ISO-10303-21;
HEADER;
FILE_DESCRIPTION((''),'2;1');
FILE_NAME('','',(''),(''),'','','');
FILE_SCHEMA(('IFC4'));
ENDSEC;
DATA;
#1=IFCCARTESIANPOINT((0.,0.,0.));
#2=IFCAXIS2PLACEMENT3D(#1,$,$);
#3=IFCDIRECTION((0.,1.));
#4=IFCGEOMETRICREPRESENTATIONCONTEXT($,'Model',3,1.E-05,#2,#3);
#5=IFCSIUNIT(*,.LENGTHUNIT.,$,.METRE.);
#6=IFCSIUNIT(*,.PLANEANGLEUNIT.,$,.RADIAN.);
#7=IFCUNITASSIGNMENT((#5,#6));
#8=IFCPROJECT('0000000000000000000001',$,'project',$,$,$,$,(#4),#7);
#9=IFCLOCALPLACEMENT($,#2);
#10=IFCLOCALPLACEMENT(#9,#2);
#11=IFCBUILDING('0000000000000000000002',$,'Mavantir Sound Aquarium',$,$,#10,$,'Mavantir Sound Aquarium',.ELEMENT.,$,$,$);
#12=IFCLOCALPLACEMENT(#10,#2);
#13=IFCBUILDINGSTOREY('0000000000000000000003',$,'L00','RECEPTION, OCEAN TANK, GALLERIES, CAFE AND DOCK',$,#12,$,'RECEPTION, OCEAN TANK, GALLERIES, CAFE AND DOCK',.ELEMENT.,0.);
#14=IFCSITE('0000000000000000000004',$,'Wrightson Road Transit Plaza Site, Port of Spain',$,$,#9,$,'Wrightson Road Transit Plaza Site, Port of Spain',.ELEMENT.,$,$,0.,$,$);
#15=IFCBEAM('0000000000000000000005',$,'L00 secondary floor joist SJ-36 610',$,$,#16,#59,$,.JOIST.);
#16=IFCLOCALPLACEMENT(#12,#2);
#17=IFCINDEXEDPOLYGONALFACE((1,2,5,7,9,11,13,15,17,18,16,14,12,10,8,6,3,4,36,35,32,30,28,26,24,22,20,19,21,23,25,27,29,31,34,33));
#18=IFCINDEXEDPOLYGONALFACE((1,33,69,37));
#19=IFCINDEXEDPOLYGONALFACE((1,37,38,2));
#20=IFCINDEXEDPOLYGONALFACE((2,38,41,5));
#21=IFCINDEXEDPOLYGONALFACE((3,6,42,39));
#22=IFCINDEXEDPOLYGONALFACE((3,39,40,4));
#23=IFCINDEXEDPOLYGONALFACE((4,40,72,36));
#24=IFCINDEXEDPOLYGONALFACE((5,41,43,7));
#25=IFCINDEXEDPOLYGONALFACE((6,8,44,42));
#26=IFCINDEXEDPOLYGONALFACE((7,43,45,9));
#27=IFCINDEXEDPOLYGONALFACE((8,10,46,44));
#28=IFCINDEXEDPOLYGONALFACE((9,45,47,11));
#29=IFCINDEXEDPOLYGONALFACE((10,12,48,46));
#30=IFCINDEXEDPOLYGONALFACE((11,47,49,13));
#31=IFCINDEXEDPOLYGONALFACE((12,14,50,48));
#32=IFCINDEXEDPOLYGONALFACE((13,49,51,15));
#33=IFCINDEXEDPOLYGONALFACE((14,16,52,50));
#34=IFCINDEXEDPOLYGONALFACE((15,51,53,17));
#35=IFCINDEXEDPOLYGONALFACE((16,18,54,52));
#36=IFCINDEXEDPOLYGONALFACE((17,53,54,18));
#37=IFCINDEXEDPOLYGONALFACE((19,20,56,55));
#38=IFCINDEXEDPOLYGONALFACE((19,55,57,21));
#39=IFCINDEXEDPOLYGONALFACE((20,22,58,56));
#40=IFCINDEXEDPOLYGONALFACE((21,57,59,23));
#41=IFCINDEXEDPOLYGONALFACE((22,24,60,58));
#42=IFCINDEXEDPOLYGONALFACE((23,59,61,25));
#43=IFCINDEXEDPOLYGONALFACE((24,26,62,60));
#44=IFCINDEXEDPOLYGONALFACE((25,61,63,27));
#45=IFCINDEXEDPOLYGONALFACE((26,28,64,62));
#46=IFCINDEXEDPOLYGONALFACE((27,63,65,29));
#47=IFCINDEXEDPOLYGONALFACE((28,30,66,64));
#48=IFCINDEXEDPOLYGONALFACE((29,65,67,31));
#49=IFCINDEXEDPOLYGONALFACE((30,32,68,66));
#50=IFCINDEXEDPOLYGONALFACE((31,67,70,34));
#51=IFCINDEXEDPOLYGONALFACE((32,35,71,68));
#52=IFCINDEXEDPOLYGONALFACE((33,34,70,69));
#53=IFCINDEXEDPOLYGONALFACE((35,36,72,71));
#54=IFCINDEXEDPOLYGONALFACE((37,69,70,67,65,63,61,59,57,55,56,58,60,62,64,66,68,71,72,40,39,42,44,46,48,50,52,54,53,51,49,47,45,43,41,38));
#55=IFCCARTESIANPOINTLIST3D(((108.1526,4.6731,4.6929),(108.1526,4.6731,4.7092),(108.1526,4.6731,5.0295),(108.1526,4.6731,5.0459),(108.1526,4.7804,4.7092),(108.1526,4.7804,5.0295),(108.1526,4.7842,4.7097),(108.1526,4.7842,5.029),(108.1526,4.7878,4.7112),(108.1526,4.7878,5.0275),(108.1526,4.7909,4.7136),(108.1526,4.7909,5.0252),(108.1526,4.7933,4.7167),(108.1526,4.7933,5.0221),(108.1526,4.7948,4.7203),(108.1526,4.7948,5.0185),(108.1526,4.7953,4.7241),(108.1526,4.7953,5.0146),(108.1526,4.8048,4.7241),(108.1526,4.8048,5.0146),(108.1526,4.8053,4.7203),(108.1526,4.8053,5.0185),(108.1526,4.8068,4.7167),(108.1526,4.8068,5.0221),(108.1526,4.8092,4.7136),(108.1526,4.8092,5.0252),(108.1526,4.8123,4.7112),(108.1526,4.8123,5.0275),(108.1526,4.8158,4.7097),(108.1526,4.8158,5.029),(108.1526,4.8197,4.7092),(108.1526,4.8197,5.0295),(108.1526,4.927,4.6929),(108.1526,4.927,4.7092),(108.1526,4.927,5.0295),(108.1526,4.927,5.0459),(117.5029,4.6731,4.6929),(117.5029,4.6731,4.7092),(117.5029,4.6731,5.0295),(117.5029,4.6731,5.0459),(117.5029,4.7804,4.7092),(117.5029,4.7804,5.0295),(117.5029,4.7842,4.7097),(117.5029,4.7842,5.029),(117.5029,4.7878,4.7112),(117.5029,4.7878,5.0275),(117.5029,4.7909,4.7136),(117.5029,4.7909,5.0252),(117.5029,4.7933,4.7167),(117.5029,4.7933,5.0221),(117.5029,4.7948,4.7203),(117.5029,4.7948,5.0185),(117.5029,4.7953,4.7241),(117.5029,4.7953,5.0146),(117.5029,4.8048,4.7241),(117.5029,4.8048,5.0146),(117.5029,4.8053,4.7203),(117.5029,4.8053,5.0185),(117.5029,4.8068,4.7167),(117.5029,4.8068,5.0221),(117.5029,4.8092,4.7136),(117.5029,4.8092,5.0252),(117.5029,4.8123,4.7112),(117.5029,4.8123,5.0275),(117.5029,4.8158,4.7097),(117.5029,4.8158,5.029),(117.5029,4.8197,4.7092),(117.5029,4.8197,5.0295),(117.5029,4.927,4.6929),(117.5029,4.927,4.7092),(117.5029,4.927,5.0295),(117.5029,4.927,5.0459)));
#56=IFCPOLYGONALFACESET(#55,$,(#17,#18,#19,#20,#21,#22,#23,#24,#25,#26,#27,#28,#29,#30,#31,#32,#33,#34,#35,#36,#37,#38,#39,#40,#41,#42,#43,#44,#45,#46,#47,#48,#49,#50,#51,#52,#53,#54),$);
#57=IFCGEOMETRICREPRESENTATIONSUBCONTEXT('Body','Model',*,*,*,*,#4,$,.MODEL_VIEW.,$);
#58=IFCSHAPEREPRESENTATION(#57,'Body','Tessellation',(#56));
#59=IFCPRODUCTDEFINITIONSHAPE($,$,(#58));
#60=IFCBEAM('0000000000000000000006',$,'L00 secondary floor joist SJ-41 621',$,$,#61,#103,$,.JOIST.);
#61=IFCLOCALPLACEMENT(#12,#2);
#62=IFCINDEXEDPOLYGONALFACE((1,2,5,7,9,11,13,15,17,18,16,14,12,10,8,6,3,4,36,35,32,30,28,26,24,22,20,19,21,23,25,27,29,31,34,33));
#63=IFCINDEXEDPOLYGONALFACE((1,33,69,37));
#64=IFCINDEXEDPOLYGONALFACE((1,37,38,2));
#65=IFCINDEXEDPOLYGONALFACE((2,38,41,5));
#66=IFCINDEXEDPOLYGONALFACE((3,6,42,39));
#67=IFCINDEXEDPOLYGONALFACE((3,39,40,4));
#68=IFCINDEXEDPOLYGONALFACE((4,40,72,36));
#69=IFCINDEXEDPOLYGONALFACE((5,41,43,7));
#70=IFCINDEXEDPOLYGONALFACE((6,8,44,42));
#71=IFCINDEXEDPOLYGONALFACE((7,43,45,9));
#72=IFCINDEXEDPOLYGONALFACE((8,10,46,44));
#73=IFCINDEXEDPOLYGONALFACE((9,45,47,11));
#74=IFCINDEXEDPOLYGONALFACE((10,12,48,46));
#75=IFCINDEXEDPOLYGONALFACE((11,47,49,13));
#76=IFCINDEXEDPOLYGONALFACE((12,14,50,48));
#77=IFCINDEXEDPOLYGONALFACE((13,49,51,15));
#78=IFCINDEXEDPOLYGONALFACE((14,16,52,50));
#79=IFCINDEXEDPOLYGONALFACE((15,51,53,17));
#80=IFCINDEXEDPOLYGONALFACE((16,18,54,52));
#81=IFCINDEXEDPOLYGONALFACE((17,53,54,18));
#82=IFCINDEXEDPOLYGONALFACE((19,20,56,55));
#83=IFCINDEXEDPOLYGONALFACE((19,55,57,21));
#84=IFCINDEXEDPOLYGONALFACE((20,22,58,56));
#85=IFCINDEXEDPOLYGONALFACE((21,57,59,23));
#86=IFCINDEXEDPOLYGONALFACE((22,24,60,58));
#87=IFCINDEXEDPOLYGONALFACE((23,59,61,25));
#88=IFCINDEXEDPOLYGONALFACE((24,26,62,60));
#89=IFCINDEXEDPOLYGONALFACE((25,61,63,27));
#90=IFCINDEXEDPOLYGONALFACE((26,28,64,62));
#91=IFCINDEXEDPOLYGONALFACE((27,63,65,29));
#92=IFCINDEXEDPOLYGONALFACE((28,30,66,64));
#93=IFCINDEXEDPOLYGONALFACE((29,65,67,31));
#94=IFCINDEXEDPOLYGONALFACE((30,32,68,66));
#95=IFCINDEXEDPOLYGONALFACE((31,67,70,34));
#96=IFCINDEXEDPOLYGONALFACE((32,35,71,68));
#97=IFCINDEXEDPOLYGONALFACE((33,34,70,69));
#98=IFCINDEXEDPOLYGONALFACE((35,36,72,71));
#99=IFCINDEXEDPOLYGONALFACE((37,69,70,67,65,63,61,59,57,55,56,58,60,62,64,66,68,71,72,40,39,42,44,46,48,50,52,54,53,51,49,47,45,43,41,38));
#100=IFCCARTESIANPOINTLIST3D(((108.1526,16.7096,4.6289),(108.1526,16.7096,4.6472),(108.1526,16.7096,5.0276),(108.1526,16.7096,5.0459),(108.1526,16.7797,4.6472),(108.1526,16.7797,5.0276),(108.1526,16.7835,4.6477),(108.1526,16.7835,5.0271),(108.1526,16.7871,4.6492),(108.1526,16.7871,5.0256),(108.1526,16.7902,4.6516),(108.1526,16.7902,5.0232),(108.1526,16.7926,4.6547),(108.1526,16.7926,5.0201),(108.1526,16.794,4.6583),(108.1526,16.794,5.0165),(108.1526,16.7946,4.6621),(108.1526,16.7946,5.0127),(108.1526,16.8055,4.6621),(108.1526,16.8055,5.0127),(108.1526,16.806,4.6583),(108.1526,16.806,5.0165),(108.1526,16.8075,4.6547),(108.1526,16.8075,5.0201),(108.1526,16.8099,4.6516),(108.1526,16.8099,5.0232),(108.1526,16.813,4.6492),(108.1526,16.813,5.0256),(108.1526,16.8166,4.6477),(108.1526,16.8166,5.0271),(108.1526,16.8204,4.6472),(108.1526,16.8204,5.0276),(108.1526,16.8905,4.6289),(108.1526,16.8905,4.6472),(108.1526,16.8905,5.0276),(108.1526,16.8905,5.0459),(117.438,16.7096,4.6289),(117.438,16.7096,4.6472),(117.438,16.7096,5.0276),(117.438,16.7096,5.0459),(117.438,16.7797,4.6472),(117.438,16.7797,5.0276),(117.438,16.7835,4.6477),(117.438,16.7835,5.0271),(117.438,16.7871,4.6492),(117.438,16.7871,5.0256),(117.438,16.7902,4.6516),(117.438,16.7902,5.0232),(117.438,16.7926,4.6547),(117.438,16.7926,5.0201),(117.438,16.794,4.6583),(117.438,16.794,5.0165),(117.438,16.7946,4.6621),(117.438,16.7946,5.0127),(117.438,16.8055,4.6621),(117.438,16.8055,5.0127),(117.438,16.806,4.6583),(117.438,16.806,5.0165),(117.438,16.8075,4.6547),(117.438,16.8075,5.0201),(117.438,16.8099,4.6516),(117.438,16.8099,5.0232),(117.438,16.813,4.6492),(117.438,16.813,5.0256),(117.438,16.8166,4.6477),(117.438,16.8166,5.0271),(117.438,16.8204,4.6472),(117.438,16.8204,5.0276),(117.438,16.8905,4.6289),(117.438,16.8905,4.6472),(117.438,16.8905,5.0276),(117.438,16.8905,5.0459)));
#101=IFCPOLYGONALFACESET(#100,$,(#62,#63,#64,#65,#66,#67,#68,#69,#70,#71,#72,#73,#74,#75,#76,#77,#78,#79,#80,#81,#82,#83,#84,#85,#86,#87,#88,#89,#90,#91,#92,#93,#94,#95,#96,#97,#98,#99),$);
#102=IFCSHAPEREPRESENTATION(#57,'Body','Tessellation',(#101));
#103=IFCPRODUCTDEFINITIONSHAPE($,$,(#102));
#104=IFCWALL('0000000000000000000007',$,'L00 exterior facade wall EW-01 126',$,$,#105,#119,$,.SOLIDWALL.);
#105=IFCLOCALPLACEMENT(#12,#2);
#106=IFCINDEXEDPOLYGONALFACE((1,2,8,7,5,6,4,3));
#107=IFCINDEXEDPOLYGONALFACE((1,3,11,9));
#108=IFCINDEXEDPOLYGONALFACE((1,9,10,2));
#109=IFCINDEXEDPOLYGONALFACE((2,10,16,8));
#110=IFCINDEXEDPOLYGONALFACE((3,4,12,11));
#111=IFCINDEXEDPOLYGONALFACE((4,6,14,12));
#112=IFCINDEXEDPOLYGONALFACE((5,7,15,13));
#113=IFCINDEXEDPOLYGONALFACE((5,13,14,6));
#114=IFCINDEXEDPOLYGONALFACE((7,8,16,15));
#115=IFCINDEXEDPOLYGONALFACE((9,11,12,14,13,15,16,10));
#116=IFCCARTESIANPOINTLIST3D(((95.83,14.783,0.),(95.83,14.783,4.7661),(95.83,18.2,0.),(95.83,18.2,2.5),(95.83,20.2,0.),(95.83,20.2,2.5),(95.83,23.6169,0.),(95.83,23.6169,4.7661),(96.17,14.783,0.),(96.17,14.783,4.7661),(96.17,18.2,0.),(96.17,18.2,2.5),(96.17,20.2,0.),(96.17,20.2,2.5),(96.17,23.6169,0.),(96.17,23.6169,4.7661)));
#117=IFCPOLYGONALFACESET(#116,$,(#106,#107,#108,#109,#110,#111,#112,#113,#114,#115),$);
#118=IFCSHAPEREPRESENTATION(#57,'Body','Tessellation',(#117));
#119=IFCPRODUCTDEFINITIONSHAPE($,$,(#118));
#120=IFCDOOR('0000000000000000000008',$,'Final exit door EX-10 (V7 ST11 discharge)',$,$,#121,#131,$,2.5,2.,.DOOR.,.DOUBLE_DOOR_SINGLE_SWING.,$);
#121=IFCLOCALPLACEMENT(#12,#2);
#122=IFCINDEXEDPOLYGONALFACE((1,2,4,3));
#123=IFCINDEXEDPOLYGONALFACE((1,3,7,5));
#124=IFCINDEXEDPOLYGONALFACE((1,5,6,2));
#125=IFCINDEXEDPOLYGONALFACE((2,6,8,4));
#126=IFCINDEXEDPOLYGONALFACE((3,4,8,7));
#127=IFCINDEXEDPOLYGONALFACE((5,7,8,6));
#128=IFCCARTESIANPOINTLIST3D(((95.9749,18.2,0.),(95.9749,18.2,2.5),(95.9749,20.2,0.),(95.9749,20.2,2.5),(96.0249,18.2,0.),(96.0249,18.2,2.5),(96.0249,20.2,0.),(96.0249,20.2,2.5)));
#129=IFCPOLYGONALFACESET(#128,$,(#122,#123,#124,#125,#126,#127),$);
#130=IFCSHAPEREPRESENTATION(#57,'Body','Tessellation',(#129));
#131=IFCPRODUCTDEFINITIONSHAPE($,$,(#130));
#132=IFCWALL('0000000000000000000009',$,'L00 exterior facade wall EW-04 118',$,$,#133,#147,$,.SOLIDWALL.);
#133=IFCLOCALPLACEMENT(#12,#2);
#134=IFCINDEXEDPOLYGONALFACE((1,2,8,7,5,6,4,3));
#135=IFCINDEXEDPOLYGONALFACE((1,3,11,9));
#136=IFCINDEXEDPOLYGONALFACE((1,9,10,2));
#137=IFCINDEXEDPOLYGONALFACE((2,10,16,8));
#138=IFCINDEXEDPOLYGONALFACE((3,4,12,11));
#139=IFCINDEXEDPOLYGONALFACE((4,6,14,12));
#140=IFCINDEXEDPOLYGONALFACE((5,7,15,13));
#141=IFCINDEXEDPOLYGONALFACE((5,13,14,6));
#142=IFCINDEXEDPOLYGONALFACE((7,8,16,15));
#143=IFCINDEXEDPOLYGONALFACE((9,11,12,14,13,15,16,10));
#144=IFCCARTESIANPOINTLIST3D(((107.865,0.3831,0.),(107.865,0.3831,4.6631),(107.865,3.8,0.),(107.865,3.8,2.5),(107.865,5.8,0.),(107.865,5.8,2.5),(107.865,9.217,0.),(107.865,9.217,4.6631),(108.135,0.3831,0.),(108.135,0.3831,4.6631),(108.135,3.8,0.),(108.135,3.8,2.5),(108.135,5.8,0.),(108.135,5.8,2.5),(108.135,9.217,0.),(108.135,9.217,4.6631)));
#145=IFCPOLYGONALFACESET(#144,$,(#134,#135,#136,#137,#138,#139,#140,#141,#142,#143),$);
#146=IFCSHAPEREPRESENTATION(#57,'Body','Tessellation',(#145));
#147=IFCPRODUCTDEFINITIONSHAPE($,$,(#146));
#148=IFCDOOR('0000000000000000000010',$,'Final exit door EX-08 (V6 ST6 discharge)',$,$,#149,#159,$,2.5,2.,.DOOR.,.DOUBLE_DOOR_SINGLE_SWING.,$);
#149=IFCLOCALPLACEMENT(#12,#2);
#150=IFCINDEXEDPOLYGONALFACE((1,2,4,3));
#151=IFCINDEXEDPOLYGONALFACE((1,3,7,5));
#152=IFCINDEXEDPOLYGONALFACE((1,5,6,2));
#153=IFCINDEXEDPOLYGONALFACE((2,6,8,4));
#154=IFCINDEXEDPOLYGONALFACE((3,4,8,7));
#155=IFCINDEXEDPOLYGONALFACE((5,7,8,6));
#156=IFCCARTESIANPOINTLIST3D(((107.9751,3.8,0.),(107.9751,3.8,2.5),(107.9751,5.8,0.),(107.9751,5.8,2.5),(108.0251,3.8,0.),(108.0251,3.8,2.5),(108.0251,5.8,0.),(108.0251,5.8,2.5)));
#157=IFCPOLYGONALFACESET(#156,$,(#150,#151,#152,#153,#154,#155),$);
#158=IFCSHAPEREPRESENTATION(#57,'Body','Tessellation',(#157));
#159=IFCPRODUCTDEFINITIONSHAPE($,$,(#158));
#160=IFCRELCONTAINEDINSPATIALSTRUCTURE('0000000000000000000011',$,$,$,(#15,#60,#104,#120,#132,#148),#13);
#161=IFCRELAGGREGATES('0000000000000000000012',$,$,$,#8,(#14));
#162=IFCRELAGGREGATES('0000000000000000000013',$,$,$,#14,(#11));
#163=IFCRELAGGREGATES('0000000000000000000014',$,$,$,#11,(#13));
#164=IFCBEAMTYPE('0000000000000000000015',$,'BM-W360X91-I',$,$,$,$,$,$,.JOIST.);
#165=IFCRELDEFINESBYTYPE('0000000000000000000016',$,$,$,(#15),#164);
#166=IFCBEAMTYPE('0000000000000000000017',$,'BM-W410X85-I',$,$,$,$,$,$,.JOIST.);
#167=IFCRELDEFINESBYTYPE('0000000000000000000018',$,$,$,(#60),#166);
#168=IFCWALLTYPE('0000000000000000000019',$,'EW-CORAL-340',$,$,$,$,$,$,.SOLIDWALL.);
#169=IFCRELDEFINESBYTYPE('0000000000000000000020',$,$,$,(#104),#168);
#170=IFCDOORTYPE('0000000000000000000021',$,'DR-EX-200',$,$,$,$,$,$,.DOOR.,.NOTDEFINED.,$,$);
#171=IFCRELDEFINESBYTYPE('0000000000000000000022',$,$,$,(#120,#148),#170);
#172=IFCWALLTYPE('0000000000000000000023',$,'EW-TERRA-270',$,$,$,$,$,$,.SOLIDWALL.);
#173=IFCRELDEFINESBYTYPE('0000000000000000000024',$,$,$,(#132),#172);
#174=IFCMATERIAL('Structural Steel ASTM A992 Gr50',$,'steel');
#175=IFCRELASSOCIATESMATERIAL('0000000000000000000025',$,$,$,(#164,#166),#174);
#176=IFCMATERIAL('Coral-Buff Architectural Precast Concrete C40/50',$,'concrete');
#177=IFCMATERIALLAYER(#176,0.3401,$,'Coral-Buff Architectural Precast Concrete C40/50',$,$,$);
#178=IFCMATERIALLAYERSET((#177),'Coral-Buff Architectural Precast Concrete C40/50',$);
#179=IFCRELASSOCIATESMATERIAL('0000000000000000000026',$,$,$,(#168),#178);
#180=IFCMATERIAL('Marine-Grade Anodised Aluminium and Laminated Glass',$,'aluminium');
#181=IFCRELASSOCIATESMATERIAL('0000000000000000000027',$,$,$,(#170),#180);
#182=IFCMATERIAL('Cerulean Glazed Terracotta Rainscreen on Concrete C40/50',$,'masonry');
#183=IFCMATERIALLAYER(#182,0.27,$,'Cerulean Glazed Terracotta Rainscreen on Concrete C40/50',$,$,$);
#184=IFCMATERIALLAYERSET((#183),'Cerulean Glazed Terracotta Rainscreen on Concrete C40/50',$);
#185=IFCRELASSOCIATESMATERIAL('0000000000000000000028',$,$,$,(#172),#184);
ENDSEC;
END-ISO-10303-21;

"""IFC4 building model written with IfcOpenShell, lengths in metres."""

from ifc_helpers import new_model, si_unit, direction, frame, frame_2d, origin, origin_2d, place, context, subcontext, project, spatial, rectangle, i_section, extrude, material, layer, layer_set, material_profile, profile_set, type_object, element, fill, save


model = new_model("IFC4")

# Units and contexts
model_context = context("Model", 3, precision=1e-05, world=origin(), true_north=direction((0.0, 1.0)))
body_context = subcontext(model_context, "Body", "Model", "MODEL_VIEW")
ifc_project = project(units=[si_unit("LENGTHUNIT", "METRE"), si_unit("PLANEANGLEUNIT", "RADIAN")], contexts=[model_context])

# Site, building, storey
site_placement = place(None, origin())
site = spatial("IfcSite", under=ifc_project, at=site_placement, Name="Wrightson Road Transit Plaza Site, Port of Spain", LongName="Wrightson Road Transit Plaza Site, Port of Spain", CompositionType="ELEMENT", RefElevation=0.0)
building_placement = place(site_placement, origin())
building = spatial("IfcBuilding", under=site, at=building_placement, Name="Mavantir Sound Aquarium", LongName="Mavantir Sound Aquarium", CompositionType="ELEMENT")
storey_placement = place(building_placement, origin())
storey = spatial("IfcBuildingStorey", under=building, at=storey_placement, Name="L00", Description="RECEPTION, OCEAN TANK, GALLERIES, CAFE AND DOCK", LongName="RECEPTION, OCEAN TANK, GALLERIES, CAFE AND DOCK", CompositionType="ELEMENT", Elevation=0.0)

# Beams
ifc_material_1 = material(Name="Structural Steel ASTM A992 Gr50", Category="steel")
ifc_material_profile_1 = material_profile(ifc_material_1, i_section(OverallWidth=0.2539, OverallDepth=0.353, WebThickness=0.0095, FlangeThickness=0.0164, FilletRadius=0.0149, at=origin_2d()), Name="W360X91")
ifc_profile_set_1 = profile_set([ifc_material_profile_1], Name="Structural Steel ASTM A992 Gr50")
beam_type_1 = type_object("IfcBeamType", Name="BM-W360X91-I", PredefinedType="JOIST", material=ifc_profile_set_1)
beam_1_placement = place(storey_placement, frame((108.1526, 4.8, 4.8694), z_axis=(1.0, 0.0, 0.0), x_axis=(0.0, 1.0, 0.0)))
element("IfcBeam", 1, at=beam_1_placement, inside=storey, type_object=beam_type_1, Name="L00 secondary floor joist SJ-36 610", PredefinedType="JOIST", context=body_context, shape_type="SweptSolid", body=[
    extrude(i_section(OverallWidth=0.2539, OverallDepth=0.353, WebThickness=0.0095, FlangeThickness=0.0164, FilletRadius=0.0149, at=origin_2d()), origin(), (0.0, 0.0, 1.0), 9.3503),
])
ifc_material_profile_2 = material_profile(ifc_material_1, i_section(OverallWidth=0.1809, OverallDepth=0.417, WebThickness=0.011, FlangeThickness=0.0183, FilletRadius=0.0149, at=origin_2d()), Name="W410X85")
ifc_profile_set_2 = profile_set([ifc_material_profile_2], Name="Structural Steel ASTM A992 Gr50")
beam_type_2 = type_object("IfcBeamType", Name="BM-W410X85-I", PredefinedType="JOIST", material=ifc_profile_set_2)
beam_2_placement = place(storey_placement, frame((108.1526, 16.8, 4.8374), z_axis=(1.0, 0.0, 0.0), x_axis=(0.0, 1.0, 0.0)))
element("IfcBeam", 2, at=beam_2_placement, inside=storey, type_object=beam_type_2, Name="L00 secondary floor joist SJ-41 621", PredefinedType="JOIST", context=body_context, shape_type="SweptSolid", body=[
    extrude(i_section(OverallWidth=0.1809, OverallDepth=0.417, WebThickness=0.011, FlangeThickness=0.0183, FilletRadius=0.0149, at=origin_2d()), origin(), (0.0, 0.0, 1.0), 9.2854),
])

# Walls, openings, doors
ifc_material_2 = material(Name="Coral-Buff Architectural Precast Concrete C40/50", Category="concrete")
ifc_layer_1 = layer(ifc_material_2, 0.3401, Name="Coral-Buff Architectural Precast Concrete C40/50")
ifc_layer_set_1 = layer_set([ifc_layer_1], Name="Coral-Buff Architectural Precast Concrete C40/50")
wall_type_1 = type_object("IfcWallType", Name="EW-CORAL-340", PredefinedType="SOLIDWALL", material=ifc_layer_set_1)
wall_1_placement = place(storey_placement, frame((96.0, 14.783, 0.0), z_axis=(0.0, 0.0, 1.0), x_axis=(0.0, 1.0, 0.0)))
wall_1 = element("IfcWall", 3, at=wall_1_placement, inside=storey, type_object=wall_type_1, Name="L00 exterior facade wall EW-01 126", PredefinedType="SOLIDWALL", context=body_context, shape_type="SweptSolid", body=[
    extrude(rectangle(XDim=8.834, YDim=0.3401, at=frame_2d((4.417, 0.0))), origin(), (0.0, 0.0, 1.0), 4.7661),
])
opening_1_placement = place(wall_1_placement, frame((5.417, 0.0, 0.0), z_axis=(0.0, 0.0, 1.0), x_axis=(-1.0, 0.0, 0.0)))
opening_1 = element("IfcOpeningElement", 4, at=opening_1_placement, cuts=wall_1, PredefinedType="OPENING", context=body_context, shape_type="SweptSolid", body=[
    extrude(rectangle(XDim=2.0, YDim=2.5, at=frame_2d((1.0, 1.25))), frame((0.0, 0.1802, 0.0), z_axis=(0.0, -1.0, 0.0), x_axis=(1.0, 0.0, 0.0)), (0.0, 0.0, 1.0), 0.3601),
])
ifc_material_3 = material(Name="Marine-Grade Anodised Aluminium and Laminated Glass", Category="aluminium")
door_type = type_object("IfcDoorType", Name="DR-EX-200", OperationType="NOTDEFINED", PredefinedType="DOOR", material=ifc_material_3)
door_1_placement = place(opening_1_placement, origin())
door_1 = element("IfcDoor", 5, at=door_1_placement, inside=storey, type_object=door_type, Name="Final exit door EX-10 (V7 ST11 discharge)", OperationType="DOUBLE_DOOR_SINGLE_SWING", OverallHeight=2.5, OverallWidth=2.0, PredefinedType="DOOR", context=body_context, shape_type="SweptSolid", body=[
    extrude(rectangle(XDim=2.0, YDim=2.5, at=frame_2d((1.0, 1.25))), frame((0.0, 0.0249, 0.0), z_axis=(0.0, -1.0, 0.0), x_axis=(1.0, 0.0, 0.0)), (0.0, 0.0, 1.0), 0.05),
])
fill(opening_1, door_1)
ifc_material_4 = material(Name="Cerulean Glazed Terracotta Rainscreen on Concrete C40/50", Category="masonry")
ifc_layer_2 = layer(ifc_material_4, 0.27, Name="Cerulean Glazed Terracotta Rainscreen on Concrete C40/50")
ifc_layer_set_2 = layer_set([ifc_layer_2], Name="Cerulean Glazed Terracotta Rainscreen on Concrete C40/50")
wall_type_2 = type_object("IfcWallType", Name="EW-TERRA-270", PredefinedType="SOLIDWALL", material=ifc_layer_set_2)
wall_2_placement = place(storey_placement, frame((108.0, 9.217, 0.0), z_axis=(0.0, 0.0, 1.0), x_axis=(0.0, -1.0, 0.0)))
wall_2 = element("IfcWall", 6, at=wall_2_placement, inside=storey, type_object=wall_type_2, Name="L00 exterior facade wall EW-04 118", PredefinedType="SOLIDWALL", context=body_context, shape_type="SweptSolid", body=[
    extrude(rectangle(XDim=8.834, YDim=0.27, at=frame_2d((4.417, 0.0))), origin(), (0.0, 0.0, 1.0), 4.6631),
])
opening_2_placement = place(wall_2_placement, frame((5.417, 0.0, 0.0), z_axis=(0.0, 0.0, 1.0), x_axis=(-1.0, 0.0, 0.0)))
opening_2 = element("IfcOpeningElement", 7, at=opening_2_placement, cuts=wall_2, PredefinedType="OPENING", context=body_context, shape_type="SweptSolid", body=[
    extrude(rectangle(XDim=2.0, YDim=2.5, at=frame_2d((1.0, 1.25))), frame((0.0, 0.145, 0.0), z_axis=(0.0, -1.0, 0.0), x_axis=(1.0, 0.0, 0.0)), (0.0, 0.0, 1.0), 0.29),
])
door_2_placement = place(opening_2_placement, origin())
door_2 = element("IfcDoor", 8, at=door_2_placement, inside=storey, type_object=door_type, Name="Final exit door EX-08 (V6 ST6 discharge)", OperationType="DOUBLE_DOOR_SINGLE_SWING", OverallHeight=2.5, OverallWidth=2.0, PredefinedType="DOOR", context=body_context, shape_type="SweptSolid", body=[
    extrude(rectangle(XDim=2.0, YDim=2.5, at=frame_2d((1.0, 1.25))), frame((0.0, 0.0249, 0.0), z_axis=(0.0, -1.0, 0.0), x_axis=(1.0, 0.0, 0.0)), (0.0, 0.0, 1.0), 0.05),
])
fill(opening_2, door_2)

save(model, "model.ifc")
